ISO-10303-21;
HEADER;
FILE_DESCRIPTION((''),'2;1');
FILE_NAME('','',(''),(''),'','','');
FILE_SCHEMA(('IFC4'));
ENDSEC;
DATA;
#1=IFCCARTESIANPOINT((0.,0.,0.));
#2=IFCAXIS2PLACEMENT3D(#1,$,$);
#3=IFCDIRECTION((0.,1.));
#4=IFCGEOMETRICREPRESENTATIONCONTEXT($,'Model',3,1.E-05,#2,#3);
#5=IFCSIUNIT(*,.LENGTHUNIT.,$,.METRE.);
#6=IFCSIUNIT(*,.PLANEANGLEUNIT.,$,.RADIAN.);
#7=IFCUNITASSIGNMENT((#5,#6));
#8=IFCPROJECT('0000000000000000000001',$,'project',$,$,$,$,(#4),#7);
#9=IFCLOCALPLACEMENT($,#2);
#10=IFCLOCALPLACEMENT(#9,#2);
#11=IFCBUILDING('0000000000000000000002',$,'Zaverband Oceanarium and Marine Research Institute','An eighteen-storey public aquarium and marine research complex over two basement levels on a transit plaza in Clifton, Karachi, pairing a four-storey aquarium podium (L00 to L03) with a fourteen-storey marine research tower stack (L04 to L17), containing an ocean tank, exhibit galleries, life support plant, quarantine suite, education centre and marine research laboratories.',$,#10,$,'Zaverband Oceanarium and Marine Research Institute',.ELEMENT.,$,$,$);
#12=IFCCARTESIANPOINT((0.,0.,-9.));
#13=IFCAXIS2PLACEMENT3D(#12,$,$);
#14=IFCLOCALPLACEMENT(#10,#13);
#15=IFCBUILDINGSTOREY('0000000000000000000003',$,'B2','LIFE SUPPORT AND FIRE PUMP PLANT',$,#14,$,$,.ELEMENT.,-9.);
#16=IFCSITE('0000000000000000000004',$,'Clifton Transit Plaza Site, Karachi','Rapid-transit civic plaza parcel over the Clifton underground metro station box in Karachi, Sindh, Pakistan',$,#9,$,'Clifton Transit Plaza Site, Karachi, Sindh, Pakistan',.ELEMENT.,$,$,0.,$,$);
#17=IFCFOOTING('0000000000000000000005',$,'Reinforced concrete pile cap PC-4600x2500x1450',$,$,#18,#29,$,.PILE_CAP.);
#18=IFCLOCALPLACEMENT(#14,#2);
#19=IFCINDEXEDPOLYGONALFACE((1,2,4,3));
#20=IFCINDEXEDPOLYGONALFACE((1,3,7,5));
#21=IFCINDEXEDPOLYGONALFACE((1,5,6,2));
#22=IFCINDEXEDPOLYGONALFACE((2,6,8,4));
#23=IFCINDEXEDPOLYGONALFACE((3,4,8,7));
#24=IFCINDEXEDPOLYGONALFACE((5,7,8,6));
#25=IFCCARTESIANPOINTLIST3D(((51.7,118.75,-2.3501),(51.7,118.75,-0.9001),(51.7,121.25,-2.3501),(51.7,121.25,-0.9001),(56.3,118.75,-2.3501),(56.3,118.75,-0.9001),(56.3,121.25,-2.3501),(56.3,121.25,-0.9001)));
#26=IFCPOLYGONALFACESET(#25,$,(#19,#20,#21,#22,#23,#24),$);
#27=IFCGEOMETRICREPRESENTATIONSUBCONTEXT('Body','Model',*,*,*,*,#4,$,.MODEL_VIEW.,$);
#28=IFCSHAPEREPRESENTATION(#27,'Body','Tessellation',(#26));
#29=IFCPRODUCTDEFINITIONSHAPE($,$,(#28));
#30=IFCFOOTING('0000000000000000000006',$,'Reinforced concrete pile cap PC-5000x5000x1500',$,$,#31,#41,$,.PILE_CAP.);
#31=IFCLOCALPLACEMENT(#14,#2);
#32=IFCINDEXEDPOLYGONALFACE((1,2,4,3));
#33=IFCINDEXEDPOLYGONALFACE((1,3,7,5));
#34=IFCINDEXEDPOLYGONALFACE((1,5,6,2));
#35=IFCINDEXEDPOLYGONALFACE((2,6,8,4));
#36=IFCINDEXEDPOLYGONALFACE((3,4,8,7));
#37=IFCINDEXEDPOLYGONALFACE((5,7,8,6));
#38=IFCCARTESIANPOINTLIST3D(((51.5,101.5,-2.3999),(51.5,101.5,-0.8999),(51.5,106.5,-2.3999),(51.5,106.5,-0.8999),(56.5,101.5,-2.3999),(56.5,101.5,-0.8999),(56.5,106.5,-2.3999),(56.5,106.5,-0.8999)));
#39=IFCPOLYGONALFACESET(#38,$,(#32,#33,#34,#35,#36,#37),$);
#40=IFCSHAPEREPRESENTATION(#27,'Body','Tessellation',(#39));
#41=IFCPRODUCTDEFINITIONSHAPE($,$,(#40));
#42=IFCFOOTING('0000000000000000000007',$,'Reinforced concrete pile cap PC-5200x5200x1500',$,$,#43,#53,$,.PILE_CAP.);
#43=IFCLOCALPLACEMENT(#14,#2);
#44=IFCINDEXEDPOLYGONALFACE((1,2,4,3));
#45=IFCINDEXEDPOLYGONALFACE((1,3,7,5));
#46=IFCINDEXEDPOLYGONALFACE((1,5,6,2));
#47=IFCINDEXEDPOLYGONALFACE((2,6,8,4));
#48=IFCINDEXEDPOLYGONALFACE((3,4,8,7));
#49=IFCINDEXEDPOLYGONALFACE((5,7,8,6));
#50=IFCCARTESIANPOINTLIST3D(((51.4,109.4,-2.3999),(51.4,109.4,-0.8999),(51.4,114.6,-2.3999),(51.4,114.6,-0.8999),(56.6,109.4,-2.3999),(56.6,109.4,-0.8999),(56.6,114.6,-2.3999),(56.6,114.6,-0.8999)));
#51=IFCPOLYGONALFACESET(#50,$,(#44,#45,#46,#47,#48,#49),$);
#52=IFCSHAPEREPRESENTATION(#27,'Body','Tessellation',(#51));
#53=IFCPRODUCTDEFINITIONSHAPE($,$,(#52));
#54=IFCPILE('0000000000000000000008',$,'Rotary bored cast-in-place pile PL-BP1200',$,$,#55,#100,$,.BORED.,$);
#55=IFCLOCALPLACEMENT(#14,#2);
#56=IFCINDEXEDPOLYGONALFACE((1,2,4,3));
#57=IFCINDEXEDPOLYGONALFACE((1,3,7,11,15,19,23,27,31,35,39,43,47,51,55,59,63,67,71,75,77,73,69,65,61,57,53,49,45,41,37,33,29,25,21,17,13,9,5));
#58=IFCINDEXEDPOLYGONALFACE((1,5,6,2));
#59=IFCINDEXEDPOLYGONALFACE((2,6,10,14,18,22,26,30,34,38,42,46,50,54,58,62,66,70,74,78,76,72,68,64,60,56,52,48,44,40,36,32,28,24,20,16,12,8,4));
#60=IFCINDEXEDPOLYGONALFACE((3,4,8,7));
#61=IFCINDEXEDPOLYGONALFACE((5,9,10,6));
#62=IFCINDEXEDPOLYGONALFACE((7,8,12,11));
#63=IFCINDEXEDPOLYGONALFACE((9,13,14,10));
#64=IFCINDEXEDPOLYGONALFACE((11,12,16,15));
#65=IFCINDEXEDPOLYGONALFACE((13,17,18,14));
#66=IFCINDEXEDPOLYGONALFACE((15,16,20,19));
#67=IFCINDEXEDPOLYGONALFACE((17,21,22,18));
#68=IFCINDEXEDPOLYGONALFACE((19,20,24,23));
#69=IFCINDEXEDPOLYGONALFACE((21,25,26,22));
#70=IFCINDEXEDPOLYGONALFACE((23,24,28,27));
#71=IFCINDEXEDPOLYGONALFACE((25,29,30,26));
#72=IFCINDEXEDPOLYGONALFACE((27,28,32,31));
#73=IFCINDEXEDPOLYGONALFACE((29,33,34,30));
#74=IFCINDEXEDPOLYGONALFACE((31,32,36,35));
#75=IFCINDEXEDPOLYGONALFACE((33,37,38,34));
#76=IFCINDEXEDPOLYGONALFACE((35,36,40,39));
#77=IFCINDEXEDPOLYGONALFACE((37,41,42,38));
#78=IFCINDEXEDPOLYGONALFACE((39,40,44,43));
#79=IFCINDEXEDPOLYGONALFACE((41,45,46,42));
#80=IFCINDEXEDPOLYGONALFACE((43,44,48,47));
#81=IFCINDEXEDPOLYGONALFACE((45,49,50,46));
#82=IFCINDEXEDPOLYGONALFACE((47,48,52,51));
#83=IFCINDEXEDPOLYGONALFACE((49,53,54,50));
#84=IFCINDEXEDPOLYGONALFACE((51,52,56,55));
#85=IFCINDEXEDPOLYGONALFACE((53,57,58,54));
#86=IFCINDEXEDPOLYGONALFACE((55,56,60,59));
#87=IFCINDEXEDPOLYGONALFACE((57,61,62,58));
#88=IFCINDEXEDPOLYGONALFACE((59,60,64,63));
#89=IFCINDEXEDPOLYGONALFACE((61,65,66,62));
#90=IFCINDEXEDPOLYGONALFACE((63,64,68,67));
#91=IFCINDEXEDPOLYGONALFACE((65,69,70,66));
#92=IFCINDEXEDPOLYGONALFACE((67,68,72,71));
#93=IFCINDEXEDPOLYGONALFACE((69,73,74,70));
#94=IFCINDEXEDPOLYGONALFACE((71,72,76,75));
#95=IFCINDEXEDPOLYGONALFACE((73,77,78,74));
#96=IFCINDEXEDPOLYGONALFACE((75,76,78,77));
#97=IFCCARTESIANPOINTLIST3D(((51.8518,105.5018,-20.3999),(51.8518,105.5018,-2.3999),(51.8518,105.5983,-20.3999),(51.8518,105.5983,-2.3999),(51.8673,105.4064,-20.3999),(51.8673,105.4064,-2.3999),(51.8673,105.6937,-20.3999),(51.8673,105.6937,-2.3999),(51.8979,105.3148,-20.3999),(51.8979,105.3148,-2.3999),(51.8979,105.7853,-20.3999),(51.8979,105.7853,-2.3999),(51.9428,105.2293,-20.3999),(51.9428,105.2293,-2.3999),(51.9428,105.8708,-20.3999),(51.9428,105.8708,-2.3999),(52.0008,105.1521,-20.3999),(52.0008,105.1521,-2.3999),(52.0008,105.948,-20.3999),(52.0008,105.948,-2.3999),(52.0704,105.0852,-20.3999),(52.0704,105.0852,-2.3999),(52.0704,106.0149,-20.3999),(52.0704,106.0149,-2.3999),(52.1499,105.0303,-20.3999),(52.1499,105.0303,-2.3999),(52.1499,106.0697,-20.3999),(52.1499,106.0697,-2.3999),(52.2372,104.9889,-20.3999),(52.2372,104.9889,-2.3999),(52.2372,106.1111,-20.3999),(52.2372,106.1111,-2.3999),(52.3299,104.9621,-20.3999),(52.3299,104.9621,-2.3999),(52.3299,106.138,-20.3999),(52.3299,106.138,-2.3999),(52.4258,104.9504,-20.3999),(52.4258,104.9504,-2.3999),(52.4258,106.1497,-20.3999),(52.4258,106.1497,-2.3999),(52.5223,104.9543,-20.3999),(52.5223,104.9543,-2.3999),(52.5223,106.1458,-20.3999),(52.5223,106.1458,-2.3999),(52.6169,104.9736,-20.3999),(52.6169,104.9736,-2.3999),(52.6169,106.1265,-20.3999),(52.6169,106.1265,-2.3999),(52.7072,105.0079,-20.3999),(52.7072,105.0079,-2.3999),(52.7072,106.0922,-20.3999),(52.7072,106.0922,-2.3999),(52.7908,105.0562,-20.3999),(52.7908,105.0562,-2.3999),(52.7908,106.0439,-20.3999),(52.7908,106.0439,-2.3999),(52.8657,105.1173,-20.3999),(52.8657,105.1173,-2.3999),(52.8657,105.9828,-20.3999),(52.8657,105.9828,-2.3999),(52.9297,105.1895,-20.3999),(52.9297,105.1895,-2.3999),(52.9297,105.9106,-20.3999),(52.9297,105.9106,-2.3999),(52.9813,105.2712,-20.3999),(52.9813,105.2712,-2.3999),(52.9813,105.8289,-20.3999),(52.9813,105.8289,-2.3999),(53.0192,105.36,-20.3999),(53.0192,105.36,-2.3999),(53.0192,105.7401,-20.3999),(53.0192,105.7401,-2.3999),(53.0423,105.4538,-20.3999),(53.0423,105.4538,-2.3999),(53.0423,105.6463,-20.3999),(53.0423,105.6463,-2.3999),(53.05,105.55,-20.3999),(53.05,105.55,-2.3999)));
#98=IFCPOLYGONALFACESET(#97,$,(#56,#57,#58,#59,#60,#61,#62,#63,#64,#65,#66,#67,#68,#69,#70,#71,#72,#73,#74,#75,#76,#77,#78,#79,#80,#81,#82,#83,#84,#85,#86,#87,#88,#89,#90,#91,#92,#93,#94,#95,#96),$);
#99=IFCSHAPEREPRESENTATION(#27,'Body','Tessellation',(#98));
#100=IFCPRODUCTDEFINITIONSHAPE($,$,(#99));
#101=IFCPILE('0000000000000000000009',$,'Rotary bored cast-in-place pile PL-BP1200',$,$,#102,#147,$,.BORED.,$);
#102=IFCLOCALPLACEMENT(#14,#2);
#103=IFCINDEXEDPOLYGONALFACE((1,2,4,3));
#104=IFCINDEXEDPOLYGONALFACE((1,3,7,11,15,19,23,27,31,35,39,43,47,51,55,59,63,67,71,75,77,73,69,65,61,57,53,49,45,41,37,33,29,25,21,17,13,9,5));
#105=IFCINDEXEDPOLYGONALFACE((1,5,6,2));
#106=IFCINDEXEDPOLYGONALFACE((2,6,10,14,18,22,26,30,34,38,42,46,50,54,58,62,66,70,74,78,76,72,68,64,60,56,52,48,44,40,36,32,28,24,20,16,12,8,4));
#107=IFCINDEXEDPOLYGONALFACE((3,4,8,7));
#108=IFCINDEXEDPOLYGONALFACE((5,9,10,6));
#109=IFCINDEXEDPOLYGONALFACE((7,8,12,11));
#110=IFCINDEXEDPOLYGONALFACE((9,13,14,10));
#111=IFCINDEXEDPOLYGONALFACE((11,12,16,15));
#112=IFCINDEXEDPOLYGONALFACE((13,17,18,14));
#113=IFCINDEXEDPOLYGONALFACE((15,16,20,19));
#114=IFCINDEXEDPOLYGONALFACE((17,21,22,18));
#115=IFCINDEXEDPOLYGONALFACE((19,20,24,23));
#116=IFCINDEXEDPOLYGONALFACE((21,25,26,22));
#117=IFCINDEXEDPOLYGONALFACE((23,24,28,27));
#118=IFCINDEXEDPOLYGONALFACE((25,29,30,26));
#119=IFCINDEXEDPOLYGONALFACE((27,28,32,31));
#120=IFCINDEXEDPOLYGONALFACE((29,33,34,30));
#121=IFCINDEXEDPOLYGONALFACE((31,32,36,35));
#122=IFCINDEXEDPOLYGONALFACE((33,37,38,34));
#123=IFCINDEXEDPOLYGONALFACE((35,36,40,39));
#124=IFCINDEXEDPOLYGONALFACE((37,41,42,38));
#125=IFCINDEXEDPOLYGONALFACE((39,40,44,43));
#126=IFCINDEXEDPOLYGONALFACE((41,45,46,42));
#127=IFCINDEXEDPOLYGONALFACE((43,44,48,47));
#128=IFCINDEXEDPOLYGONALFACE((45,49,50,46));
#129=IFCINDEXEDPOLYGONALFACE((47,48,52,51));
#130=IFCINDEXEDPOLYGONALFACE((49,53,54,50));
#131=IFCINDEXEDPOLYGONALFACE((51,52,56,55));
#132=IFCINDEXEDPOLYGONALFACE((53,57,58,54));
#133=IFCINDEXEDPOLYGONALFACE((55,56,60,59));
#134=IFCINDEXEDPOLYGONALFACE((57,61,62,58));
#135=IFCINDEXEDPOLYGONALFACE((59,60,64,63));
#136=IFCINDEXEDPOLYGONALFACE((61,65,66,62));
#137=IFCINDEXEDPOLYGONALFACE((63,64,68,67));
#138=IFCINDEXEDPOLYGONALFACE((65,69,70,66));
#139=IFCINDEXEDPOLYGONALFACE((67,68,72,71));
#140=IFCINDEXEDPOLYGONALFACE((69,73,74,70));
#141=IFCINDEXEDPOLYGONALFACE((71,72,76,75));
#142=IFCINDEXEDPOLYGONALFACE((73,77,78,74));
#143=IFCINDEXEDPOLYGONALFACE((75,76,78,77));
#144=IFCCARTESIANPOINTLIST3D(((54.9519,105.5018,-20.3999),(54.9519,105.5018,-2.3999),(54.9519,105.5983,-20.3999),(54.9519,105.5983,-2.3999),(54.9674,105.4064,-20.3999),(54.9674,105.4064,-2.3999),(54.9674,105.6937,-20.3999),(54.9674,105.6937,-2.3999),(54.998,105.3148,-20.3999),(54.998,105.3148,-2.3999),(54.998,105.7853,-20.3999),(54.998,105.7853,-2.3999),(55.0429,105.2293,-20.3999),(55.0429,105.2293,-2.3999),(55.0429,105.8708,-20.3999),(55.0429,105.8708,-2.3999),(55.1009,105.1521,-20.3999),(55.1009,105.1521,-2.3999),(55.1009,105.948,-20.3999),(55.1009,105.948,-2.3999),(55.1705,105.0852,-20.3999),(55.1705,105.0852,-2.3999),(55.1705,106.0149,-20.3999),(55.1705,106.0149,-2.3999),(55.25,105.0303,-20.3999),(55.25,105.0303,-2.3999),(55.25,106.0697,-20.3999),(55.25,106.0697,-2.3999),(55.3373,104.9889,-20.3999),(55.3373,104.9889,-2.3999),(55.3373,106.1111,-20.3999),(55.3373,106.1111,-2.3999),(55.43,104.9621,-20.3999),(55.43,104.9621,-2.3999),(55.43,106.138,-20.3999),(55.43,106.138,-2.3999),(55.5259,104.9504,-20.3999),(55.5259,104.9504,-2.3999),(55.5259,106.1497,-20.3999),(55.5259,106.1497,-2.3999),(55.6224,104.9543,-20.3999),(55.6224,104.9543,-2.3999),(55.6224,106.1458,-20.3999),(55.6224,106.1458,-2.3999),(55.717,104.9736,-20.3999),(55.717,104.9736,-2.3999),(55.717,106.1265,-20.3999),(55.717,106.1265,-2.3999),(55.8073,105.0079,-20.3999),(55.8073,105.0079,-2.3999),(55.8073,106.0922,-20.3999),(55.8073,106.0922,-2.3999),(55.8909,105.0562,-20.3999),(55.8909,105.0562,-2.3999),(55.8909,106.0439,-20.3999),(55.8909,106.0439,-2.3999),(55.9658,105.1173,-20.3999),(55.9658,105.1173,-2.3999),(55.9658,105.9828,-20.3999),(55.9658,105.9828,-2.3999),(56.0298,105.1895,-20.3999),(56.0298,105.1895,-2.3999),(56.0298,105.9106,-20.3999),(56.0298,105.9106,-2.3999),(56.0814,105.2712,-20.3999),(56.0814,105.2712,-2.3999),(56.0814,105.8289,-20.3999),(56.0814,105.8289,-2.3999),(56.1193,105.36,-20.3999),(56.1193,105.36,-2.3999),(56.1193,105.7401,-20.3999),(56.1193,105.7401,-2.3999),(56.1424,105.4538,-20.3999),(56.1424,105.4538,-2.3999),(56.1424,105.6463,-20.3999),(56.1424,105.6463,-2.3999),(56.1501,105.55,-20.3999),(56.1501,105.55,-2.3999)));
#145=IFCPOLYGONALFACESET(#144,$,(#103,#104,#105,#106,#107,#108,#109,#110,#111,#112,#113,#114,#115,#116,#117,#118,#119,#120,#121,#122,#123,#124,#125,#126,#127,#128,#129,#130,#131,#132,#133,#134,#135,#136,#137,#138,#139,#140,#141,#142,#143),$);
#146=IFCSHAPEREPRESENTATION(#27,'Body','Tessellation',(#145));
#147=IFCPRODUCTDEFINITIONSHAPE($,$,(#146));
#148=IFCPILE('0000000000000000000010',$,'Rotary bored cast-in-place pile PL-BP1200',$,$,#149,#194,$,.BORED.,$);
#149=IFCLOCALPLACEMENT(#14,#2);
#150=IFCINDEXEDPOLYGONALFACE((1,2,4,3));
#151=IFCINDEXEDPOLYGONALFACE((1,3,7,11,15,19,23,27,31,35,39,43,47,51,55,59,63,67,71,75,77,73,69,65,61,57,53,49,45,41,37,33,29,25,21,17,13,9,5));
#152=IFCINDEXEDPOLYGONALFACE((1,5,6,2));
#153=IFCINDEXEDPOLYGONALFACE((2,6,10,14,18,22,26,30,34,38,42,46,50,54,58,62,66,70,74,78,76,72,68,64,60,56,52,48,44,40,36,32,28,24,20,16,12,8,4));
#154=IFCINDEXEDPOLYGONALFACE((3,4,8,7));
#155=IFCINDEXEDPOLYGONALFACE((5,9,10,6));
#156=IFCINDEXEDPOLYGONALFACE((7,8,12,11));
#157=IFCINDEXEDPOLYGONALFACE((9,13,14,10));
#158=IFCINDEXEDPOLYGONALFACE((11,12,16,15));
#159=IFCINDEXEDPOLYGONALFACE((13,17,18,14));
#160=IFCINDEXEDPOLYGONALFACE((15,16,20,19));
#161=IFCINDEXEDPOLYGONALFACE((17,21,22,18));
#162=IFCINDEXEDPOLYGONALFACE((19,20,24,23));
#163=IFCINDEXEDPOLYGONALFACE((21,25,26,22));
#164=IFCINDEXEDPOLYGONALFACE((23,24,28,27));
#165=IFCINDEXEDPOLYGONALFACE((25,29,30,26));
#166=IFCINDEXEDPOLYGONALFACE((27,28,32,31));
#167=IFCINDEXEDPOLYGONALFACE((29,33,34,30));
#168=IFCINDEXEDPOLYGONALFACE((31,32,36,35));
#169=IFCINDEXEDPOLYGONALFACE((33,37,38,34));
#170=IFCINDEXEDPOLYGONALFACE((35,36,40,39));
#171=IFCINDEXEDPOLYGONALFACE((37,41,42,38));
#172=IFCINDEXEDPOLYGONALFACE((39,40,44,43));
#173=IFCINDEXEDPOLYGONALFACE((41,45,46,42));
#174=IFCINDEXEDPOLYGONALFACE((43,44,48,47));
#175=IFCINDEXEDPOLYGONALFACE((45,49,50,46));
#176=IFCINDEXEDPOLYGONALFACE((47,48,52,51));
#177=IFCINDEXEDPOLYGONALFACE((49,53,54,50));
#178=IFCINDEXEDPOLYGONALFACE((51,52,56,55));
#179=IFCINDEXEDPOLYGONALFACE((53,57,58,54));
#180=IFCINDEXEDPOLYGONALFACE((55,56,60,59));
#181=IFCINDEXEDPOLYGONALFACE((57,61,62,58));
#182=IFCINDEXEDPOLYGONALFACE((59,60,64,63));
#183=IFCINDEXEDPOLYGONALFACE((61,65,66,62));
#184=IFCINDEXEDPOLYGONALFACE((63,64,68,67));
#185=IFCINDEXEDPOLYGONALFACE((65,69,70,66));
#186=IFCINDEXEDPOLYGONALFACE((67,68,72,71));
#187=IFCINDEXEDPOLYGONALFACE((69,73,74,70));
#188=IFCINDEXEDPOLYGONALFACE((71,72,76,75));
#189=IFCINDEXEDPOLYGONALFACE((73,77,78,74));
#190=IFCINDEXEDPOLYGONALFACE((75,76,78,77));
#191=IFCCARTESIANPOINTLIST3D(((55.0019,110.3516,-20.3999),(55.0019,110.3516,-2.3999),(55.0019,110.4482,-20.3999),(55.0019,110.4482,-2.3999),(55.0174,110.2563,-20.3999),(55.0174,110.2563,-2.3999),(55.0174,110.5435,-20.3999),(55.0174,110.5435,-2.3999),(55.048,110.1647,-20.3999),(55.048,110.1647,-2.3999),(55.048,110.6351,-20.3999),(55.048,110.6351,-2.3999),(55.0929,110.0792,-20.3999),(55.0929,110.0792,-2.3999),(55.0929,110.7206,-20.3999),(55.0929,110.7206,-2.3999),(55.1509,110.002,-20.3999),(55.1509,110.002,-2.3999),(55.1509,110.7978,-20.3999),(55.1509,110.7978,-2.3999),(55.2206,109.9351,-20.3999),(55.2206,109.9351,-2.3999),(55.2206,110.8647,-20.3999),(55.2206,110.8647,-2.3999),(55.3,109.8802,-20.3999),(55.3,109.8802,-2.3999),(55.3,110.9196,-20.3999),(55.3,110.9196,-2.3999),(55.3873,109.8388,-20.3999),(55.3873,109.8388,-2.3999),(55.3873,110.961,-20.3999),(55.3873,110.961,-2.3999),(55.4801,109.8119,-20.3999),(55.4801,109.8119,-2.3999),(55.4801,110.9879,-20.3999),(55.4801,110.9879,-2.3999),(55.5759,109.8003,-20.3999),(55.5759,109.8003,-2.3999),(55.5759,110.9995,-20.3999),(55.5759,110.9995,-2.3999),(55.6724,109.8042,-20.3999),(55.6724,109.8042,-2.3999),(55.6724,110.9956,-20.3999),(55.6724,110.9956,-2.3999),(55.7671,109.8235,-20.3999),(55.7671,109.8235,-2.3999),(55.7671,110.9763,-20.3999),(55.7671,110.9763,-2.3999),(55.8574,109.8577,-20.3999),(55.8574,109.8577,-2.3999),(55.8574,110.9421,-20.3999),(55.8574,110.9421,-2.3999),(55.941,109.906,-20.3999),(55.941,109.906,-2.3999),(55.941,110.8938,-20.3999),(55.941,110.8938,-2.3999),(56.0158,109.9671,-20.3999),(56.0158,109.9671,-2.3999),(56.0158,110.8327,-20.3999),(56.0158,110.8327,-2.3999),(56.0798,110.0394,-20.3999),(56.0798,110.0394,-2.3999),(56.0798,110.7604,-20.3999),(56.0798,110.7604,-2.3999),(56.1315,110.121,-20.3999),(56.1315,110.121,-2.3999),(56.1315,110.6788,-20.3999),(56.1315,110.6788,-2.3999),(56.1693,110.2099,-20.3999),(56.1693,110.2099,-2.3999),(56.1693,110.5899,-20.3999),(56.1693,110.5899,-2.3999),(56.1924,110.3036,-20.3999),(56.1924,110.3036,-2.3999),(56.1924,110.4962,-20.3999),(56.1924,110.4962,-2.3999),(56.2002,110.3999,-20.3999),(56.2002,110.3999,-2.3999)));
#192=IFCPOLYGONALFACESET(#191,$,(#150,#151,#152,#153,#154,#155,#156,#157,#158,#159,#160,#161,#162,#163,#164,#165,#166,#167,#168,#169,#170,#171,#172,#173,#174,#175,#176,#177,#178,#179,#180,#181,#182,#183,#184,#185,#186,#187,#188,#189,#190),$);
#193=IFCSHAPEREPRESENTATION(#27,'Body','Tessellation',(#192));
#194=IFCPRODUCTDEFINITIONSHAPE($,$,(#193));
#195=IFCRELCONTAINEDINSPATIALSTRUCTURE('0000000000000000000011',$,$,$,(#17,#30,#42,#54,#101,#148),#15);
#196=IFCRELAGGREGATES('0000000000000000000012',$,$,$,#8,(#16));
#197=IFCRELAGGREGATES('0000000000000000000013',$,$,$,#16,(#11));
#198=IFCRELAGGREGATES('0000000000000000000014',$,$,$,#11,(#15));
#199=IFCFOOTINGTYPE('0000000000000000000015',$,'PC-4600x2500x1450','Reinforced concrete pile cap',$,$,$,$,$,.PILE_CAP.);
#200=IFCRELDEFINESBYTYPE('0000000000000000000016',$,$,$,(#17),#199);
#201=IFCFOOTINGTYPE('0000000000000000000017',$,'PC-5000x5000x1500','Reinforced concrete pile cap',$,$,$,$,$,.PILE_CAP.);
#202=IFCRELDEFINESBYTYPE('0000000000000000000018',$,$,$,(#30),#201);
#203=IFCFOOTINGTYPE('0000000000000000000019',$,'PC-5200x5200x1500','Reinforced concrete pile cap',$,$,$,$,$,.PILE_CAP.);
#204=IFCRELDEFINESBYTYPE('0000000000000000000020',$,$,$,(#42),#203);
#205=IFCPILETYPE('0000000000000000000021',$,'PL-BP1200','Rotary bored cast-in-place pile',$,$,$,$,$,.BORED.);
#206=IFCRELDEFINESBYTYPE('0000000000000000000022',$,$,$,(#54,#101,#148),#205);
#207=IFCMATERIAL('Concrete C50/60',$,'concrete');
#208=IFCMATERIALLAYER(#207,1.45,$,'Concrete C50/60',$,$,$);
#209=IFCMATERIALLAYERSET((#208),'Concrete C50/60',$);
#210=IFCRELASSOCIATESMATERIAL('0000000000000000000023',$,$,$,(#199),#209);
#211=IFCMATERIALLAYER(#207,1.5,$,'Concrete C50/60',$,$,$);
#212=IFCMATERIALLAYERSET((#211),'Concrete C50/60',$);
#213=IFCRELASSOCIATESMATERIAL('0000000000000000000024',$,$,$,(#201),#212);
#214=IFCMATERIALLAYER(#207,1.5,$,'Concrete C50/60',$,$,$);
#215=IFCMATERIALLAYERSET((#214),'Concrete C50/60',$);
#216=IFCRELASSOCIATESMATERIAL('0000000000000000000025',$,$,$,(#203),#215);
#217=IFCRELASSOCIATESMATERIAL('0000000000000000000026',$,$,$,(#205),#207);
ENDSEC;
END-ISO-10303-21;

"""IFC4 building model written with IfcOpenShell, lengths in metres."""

from ifc_helpers import new_model, si_unit, direction, frame, origin, origin_2d, place, context, subcontext, project, spatial, rectangle, circle, extrude, material, layer, layer_set, material_profile, profile_set, type_object, element, save


model = new_model("IFC4")

# Units and contexts
model_context = context("Model", 3, precision=1e-05, world=origin(), true_north=direction((0.0, 1.0)))
body_context = subcontext(model_context, "Body", "Model", "MODEL_VIEW")
ifc_project = project(units=[si_unit("LENGTHUNIT", "METRE"), si_unit("PLANEANGLEUNIT", "RADIAN")], contexts=[model_context])

# Site, building, storey
site_placement = place(None, origin())
site = spatial("IfcSite", under=ifc_project, at=site_placement, Name="Clifton Transit Plaza Site, Karachi", Description="Rapid-transit civic plaza parcel over the Clifton underground metro station box in Karachi, Sindh, Pakistan", LongName="Clifton Transit Plaza Site, Karachi, Sindh, Pakistan", CompositionType="ELEMENT", RefElevation=0.0)
building_placement = place(site_placement, origin())
building = spatial("IfcBuilding", under=site, at=building_placement, Name="Zaverband Oceanarium and Marine Research Institute", Description="An eighteen-storey public aquarium and marine research complex over two basement levels on a transit plaza in Clifton, Karachi, pairing a four-storey aquarium podium (L00 to L03) with a fourteen-storey marine research tower stack (L04 to L17), containing an ocean tank, exhibit galleries, life support plant, quarantine suite, education centre and marine research laboratories.", LongName="Zaverband Oceanarium and Marine Research Institute", CompositionType="ELEMENT")
storey_placement = place(building_placement, frame((0.0, 0.0, -9.0)))
storey = spatial("IfcBuildingStorey", under=building, at=storey_placement, Name="B2", Description="LIFE SUPPORT AND FIRE PUMP PLANT", CompositionType="ELEMENT", Elevation=-9.0)

# Footings
ifc_material_1 = material(Name="Concrete C50/60", Category="concrete")
ifc_layer_1 = layer(ifc_material_1, 1.45, Name="Concrete C50/60")
ifc_layer_set_1 = layer_set([ifc_layer_1], Name="Concrete C50/60")
footing_type_1 = type_object("IfcFootingType", Name="PC-4600x2500x1450", Description="Reinforced concrete pile cap", PredefinedType="PILE_CAP", material=ifc_layer_set_1)
footing_1_placement = place(storey_placement, frame((54.0, 120.0, -2.3501), z_axis=(0.0, 0.0, 1.0), x_axis=(1.0, 0.0, 0.0)))
element("IfcFooting", 1, at=footing_1_placement, inside=storey, type_object=footing_type_1, Name="Reinforced concrete pile cap PC-4600x2500x1450", PredefinedType="PILE_CAP", context=body_context, shape_type="SweptSolid", body=[
    extrude(rectangle(XDim=4.6001, YDim=2.5, at=origin_2d()), origin(), (0.0, 0.0, 1.0), 1.45),
])
ifc_layer_2 = layer(ifc_material_1, 1.5, Name="Concrete C50/60")
ifc_layer_set_2 = layer_set([ifc_layer_2], Name="Concrete C50/60")
footing_type_2 = type_object("IfcFootingType", Name="PC-5000x5000x1500", Description="Reinforced concrete pile cap", PredefinedType="PILE_CAP", material=ifc_layer_set_2)
footing_2_placement = place(storey_placement, frame((54.0, 104.0, -2.3999), z_axis=(0.0, 0.0, 1.0), x_axis=(1.0, 0.0, 0.0)))
element("IfcFooting", 2, at=footing_2_placement, inside=storey, type_object=footing_type_2, Name="Reinforced concrete pile cap PC-5000x5000x1500", PredefinedType="PILE_CAP", context=body_context, shape_type="SweptSolid", body=[
    extrude(rectangle(XDim=5.0, YDim=5.0, at=origin_2d()), origin(), (0.0, 0.0, 1.0), 1.5),
])
ifc_layer_3 = layer(ifc_material_1, 1.5, Name="Concrete C50/60")
ifc_layer_set_3 = layer_set([ifc_layer_3], Name="Concrete C50/60")
footing_type_3 = type_object("IfcFootingType", Name="PC-5200x5200x1500", Description="Reinforced concrete pile cap", PredefinedType="PILE_CAP", material=ifc_layer_set_3)
footing_3_placement = place(storey_placement, frame((54.0, 112.0, -2.3999), z_axis=(0.0, 0.0, 1.0), x_axis=(1.0, 0.0, 0.0)))
element("IfcFooting", 3, at=footing_3_placement, inside=storey, type_object=footing_type_3, Name="Reinforced concrete pile cap PC-5200x5200x1500", PredefinedType="PILE_CAP", context=body_context, shape_type="SweptSolid", body=[
    extrude(rectangle(XDim=5.2, YDim=5.2, at=origin_2d()), origin(), (0.0, 0.0, 1.0), 1.5),
])

# Piles
ifc_material_profile_1 = material_profile(ifc_material_1, circle(Radius=0.6001, at=origin_2d()), Name="BP1200")
ifc_profile_set_1 = profile_set([ifc_material_profile_1], Name="Concrete C50/60")
pile_type = type_object("IfcPileType", Name="PL-BP1200", Description="Rotary bored cast-in-place pile", PredefinedType="BORED", material=ifc_profile_set_1)
for number, where, z_axis, x_axis, name in (
    (4, (52.45, 105.55, -2.3999), (0.0, 0.0, -1.0), (1.0, 0.0, 0.0), "Rotary bored cast-in-place pile PL-BP1200"),
    (5, (55.55, 105.55, -2.3999), (0.0, 0.0, -1.0), (1.0, 0.0, 0.0), "Rotary bored cast-in-place pile PL-BP1200"),
    (6, (55.6001, 110.3999, -2.3999), (0.0, 0.0, -1.0), (1.0, 0.0, 0.0), "Rotary bored cast-in-place pile PL-BP1200"),
):
    element("IfcPile", number, at=place(storey_placement, frame(where, z_axis=z_axis, x_axis=x_axis)), inside=storey, type_object=pile_type, Name=name, PredefinedType="BORED", context=body_context, shape_type="SweptSolid", body=[
        extrude(circle(Radius=0.6001, at=origin_2d()), origin(), (0.0, 0.0, 1.0), 18.0),
    ])

save(model, "model.ifc")
